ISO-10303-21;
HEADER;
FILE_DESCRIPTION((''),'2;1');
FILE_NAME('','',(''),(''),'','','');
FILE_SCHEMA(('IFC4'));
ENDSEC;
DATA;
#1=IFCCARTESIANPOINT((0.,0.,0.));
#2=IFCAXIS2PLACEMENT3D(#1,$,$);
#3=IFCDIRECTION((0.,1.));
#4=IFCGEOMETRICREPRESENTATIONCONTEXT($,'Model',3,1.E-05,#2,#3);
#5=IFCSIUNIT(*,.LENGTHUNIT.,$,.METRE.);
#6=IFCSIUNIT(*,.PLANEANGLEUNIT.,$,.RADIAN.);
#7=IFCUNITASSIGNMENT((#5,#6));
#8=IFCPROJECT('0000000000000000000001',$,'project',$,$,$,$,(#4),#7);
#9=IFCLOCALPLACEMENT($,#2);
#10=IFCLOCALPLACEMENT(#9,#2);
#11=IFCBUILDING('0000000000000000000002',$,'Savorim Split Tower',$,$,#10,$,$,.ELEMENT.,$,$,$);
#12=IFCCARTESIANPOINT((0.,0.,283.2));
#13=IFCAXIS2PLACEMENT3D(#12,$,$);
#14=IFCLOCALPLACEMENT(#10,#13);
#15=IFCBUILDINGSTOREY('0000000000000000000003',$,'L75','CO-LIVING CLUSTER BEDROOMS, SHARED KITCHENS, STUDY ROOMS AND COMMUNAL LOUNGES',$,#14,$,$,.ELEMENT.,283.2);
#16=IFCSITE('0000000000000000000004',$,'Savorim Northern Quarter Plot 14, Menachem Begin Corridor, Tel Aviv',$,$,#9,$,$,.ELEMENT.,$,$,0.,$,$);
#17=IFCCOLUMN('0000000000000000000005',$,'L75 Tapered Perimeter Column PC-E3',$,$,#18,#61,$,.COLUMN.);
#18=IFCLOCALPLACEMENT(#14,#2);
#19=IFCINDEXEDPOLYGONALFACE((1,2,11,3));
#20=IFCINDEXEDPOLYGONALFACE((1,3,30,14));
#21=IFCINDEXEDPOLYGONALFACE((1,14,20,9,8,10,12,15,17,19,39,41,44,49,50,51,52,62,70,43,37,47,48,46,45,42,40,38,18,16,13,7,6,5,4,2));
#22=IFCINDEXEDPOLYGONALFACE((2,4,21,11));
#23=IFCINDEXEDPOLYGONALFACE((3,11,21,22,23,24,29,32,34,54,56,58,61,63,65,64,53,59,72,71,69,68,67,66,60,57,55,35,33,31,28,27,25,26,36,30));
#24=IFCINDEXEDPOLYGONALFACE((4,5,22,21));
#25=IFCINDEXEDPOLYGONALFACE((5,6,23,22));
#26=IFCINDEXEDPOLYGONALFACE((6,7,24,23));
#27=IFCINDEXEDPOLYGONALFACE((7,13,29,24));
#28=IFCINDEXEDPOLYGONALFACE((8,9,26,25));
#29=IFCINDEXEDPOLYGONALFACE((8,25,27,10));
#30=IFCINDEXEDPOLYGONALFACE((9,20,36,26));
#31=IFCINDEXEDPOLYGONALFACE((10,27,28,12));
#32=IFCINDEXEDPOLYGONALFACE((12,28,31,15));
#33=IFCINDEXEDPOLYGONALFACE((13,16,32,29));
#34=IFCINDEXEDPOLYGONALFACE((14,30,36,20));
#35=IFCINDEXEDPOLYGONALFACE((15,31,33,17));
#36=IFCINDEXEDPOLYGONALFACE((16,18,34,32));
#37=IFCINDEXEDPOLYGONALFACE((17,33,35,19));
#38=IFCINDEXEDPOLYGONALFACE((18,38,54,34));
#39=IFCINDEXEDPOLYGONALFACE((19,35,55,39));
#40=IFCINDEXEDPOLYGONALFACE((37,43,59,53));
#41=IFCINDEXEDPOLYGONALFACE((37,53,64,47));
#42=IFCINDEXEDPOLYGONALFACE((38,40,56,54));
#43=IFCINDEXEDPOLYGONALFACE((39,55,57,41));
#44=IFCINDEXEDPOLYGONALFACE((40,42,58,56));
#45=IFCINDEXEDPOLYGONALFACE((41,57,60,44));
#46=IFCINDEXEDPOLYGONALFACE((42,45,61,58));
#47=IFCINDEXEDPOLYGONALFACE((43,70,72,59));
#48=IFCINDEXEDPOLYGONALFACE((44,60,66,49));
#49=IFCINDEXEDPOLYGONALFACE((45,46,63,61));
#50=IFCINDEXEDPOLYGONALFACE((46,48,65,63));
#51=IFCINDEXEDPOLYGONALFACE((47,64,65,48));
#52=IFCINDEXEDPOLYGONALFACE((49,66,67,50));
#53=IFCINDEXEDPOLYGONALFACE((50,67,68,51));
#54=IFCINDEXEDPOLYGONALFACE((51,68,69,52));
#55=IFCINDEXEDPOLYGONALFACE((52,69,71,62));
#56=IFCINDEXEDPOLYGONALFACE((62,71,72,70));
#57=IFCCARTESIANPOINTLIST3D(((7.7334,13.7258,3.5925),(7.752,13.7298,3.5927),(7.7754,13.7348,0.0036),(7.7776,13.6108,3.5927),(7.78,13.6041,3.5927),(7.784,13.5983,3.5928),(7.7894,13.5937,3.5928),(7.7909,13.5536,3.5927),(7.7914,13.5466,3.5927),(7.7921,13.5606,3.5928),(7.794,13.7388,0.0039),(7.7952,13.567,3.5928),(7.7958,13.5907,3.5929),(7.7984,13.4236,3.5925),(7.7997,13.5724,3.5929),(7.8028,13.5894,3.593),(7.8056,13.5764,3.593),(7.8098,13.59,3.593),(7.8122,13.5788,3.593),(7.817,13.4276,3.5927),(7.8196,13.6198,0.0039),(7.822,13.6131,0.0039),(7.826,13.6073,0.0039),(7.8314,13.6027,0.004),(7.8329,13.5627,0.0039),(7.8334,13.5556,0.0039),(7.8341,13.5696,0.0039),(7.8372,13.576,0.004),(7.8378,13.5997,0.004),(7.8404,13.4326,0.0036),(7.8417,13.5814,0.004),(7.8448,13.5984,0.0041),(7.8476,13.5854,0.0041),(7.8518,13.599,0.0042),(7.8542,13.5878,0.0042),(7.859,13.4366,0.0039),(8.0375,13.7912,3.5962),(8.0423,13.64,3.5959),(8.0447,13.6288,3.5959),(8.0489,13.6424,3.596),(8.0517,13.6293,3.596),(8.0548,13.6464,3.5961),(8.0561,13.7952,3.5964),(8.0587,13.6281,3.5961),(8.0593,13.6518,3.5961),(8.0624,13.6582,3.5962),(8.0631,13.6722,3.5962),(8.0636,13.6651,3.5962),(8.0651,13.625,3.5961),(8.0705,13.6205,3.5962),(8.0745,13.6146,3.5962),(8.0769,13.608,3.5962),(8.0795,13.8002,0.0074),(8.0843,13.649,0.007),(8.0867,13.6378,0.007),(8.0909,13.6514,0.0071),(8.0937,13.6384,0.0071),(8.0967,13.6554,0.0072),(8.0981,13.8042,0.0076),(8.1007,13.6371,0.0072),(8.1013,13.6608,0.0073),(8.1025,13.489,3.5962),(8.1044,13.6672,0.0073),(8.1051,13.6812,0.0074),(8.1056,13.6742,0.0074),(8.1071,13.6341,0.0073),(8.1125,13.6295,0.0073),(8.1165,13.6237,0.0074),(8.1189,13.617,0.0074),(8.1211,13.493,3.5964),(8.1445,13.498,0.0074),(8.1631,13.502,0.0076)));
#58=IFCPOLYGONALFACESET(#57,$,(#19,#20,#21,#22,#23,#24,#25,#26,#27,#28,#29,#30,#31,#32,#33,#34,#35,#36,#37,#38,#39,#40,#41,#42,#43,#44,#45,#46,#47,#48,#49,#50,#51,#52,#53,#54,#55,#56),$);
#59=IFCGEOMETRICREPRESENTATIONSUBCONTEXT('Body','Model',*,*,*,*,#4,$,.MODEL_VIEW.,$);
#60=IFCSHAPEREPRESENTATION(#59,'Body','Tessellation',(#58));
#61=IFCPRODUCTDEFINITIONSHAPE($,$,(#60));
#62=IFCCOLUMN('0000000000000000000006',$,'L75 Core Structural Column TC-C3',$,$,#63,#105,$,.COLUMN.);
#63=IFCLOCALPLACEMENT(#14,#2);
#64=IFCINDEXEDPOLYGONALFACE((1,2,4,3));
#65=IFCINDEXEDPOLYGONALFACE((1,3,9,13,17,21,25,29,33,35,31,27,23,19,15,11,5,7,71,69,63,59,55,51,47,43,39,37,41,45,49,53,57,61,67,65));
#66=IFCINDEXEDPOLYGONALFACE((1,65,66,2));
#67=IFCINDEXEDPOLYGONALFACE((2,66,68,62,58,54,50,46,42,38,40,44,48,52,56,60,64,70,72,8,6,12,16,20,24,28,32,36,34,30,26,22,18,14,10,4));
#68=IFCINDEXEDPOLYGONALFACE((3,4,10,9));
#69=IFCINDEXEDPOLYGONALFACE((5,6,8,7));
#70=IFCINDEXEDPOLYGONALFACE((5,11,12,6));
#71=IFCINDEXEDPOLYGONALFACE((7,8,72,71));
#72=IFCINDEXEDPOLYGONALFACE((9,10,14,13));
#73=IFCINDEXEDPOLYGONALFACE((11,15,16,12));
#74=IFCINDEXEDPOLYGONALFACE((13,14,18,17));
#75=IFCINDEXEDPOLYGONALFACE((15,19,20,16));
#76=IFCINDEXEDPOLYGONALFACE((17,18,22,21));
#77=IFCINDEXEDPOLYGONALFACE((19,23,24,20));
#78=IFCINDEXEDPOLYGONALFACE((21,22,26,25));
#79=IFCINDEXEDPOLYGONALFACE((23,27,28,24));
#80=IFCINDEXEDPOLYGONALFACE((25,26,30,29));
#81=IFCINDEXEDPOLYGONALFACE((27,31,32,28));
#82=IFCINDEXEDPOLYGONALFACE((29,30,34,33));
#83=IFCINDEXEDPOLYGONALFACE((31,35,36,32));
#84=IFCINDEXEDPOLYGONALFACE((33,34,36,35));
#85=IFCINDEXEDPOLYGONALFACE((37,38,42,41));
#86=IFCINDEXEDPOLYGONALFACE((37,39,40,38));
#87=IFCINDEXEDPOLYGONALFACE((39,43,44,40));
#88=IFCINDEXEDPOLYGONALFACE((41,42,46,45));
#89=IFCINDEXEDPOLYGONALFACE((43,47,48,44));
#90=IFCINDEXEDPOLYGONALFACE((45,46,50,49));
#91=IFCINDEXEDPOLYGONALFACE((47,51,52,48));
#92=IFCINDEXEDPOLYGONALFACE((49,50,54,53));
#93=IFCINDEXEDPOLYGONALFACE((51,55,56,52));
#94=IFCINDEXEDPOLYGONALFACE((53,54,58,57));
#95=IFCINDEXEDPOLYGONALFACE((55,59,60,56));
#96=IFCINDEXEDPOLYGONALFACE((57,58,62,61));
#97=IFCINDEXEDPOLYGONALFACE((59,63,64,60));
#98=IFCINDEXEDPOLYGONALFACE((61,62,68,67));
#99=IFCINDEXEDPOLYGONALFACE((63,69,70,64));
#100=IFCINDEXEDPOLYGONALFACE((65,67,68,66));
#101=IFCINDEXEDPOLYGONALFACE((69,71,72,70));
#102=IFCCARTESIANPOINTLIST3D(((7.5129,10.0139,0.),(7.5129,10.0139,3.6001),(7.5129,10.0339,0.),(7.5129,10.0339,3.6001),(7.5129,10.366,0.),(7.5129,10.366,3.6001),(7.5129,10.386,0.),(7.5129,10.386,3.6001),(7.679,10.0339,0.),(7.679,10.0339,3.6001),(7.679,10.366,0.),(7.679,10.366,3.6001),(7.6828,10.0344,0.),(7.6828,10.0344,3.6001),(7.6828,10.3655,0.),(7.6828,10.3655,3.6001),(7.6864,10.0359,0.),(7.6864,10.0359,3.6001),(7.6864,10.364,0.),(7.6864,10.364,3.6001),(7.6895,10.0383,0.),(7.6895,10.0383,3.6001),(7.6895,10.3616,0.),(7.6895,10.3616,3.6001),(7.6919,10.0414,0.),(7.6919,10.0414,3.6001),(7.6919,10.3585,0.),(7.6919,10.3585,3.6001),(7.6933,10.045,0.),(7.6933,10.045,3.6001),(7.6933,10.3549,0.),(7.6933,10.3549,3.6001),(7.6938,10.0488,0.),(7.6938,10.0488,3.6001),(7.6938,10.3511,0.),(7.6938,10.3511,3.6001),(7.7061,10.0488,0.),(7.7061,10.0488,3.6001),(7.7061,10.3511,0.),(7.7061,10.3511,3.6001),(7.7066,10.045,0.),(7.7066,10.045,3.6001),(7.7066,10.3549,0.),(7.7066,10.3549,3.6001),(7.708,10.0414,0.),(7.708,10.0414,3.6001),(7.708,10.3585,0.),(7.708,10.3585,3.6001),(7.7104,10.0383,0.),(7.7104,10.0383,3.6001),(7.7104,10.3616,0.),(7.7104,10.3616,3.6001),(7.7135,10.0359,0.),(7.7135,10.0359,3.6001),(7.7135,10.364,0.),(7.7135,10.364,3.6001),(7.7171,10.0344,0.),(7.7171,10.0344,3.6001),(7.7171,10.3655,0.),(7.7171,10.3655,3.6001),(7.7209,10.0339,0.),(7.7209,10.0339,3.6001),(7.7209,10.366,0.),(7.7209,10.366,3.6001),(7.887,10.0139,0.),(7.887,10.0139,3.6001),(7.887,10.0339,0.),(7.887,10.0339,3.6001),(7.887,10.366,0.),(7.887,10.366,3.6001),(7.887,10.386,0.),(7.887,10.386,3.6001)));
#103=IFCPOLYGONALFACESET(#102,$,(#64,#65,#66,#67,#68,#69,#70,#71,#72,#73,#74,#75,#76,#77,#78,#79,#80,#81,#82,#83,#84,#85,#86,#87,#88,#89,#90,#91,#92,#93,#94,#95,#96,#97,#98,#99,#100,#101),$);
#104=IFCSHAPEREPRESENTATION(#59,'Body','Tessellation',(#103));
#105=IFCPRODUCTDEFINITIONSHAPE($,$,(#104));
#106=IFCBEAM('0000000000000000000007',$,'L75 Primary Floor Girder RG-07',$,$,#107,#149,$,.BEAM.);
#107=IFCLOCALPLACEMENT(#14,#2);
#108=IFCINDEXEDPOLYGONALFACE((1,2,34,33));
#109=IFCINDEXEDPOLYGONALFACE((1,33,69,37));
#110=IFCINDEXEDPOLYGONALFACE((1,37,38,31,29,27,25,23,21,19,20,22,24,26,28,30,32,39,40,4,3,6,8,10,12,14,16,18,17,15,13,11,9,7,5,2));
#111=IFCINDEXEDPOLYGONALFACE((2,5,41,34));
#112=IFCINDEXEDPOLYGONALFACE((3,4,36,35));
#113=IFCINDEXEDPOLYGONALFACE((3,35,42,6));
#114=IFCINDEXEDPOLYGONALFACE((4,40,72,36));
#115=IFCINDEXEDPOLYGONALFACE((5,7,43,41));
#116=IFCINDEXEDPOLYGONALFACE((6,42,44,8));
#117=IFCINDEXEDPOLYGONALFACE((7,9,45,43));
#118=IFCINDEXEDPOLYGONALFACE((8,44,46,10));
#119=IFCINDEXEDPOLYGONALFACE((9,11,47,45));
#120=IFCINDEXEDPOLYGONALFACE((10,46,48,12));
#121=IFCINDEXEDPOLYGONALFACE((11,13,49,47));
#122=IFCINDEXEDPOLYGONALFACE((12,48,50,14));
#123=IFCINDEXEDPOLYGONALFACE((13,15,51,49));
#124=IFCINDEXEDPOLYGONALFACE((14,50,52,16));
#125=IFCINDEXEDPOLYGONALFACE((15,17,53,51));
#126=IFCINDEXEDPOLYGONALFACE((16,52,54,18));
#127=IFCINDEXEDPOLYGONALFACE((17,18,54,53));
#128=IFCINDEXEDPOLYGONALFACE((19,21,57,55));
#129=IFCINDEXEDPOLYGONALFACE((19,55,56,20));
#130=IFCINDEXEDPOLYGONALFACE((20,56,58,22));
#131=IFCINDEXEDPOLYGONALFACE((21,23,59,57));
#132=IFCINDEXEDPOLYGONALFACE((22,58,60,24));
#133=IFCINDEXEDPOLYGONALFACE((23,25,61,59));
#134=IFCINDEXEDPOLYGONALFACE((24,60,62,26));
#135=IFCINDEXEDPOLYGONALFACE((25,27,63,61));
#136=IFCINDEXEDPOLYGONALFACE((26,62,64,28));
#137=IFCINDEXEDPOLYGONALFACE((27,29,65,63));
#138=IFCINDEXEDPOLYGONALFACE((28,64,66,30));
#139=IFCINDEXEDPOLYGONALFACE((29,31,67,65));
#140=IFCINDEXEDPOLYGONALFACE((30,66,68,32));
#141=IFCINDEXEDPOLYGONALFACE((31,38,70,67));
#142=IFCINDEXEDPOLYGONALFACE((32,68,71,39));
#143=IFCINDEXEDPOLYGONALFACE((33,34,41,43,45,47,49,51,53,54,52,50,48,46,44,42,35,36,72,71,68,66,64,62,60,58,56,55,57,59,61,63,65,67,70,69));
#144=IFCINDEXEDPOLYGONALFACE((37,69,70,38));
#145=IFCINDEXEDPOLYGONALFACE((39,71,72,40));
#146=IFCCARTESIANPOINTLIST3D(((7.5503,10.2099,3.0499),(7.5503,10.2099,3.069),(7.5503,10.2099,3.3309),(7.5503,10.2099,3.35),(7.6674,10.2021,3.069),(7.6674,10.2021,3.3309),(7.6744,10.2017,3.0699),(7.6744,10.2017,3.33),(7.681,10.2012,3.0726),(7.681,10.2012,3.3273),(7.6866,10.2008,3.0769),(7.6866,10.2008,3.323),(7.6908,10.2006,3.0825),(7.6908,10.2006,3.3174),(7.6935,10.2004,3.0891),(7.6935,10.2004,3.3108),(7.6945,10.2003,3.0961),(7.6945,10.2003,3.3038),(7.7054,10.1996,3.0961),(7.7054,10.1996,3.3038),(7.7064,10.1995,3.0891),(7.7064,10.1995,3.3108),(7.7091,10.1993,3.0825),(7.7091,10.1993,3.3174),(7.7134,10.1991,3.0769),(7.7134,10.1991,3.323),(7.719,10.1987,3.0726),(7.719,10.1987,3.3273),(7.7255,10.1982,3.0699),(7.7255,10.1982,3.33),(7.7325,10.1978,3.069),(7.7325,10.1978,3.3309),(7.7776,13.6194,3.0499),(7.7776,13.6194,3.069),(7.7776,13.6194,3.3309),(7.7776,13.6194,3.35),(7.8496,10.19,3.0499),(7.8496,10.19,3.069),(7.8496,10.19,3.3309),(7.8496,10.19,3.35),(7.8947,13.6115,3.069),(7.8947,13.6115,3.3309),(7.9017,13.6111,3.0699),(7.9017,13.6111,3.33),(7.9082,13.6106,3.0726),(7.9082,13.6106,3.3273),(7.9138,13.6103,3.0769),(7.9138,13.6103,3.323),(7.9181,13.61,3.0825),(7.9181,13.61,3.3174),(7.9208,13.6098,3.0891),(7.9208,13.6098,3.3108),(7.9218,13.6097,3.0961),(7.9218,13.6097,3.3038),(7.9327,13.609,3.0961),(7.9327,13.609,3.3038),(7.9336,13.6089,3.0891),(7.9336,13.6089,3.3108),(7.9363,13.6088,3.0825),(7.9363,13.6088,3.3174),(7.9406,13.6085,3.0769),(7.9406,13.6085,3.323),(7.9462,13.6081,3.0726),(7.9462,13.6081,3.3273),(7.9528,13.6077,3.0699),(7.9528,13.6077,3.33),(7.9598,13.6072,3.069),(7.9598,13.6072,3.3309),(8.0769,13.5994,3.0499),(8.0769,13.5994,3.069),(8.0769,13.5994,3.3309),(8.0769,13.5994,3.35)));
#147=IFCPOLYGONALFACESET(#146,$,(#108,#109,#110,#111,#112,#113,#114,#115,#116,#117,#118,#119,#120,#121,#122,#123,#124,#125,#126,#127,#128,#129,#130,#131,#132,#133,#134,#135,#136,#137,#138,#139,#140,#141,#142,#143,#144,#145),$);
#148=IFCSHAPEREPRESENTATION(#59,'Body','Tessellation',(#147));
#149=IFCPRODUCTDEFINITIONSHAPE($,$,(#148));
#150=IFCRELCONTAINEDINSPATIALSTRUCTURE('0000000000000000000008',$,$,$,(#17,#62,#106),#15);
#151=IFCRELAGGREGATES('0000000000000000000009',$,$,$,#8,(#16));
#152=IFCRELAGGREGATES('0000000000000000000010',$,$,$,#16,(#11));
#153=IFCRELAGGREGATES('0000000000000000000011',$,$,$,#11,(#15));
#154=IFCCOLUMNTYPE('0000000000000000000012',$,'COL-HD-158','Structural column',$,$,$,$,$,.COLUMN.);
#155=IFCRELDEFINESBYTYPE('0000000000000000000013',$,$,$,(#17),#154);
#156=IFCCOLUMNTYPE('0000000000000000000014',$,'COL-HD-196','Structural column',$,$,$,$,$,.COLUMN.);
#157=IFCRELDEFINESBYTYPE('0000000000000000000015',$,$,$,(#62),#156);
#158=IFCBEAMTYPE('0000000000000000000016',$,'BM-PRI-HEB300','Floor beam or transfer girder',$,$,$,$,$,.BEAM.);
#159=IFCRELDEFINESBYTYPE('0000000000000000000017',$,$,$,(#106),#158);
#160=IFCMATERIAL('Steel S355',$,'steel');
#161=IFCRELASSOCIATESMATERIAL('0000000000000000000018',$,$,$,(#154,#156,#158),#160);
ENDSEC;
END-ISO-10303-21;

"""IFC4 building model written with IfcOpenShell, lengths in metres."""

from ifc_helpers import new_model, si_unit, direction, frame, origin, origin_2d, place, context, subcontext, project, spatial, i_section, extrude, material, material_profile, profile_set, type_object, element, save


model = new_model("IFC4")

# Units and contexts
model_context = context("Model", 3, precision=1e-05, world=origin(), true_north=direction((0.0, 1.0)))
body_context = subcontext(model_context, "Body", "Model", "MODEL_VIEW")
ifc_project = project(units=[si_unit("LENGTHUNIT", "METRE"), si_unit("PLANEANGLEUNIT", "RADIAN")], contexts=[model_context])

# Site, building, storey
site_placement = place(None, origin())
site = spatial("IfcSite", under=ifc_project, at=site_placement, Name="Savorim Northern Quarter Plot 14, Menachem Begin Corridor, Tel Aviv", CompositionType="ELEMENT", RefElevation=0.0)
building_placement = place(site_placement, origin())
building = spatial("IfcBuilding", under=site, at=building_placement, Name="Savorim Split Tower", CompositionType="ELEMENT")
storey_placement = place(building_placement, frame((0.0, 0.0, 283.2)))
storey = spatial("IfcBuildingStorey", under=building, at=storey_placement, Name="L75", Description="CO-LIVING CLUSTER BEDROOMS, SHARED KITCHENS, STUDY ROOMS AND COMMUNAL LOUNGES", CompositionType="ELEMENT", Elevation=283.2)

# Columns
ifc_material_1 = material(Name="Steel S355", Category="steel")
ifc_material_profile_1 = material_profile(ifc_material_1, i_section(OverallWidth=0.3091, OverallDepth=0.3301, WebThickness=0.0115, FlangeThickness=0.019, FilletRadius=0.0271, at=origin_2d()), Name="HD 320x158")
ifc_profile_set_1 = profile_set([ifc_material_profile_1], Name="Steel S355")
column_type_1 = type_object("IfcColumnType", Name="COL-HD-158", Description="Structural column", PredefinedType="COLUMN", material=ifc_profile_set_1)
column_1_placement = place(storey_placement, frame((7.9692, 13.6184, 0.0056), z_axis=(-0.0117, -0.002517, 0.999928), x_axis=(0.210305, -0.977636, 0.0)))
element("IfcColumn", 1, at=column_1_placement, inside=storey, type_object=column_type_1, Name="L75 Tapered Perimeter Column PC-E3", PredefinedType="COLUMN", context=body_context, shape_type="SweptSolid", body=[
    extrude(i_section(OverallWidth=0.3091, OverallDepth=0.3301, WebThickness=0.0115, FlangeThickness=0.019, FilletRadius=0.0271, at=origin_2d()), origin(), (0.0, 0.0, 1.0), 3.5891),
])
ifc_material_profile_2 = material_profile(ifc_material_1, i_section(OverallWidth=0.374, OverallDepth=0.3721, WebThickness=0.0122, FlangeThickness=0.02, FilletRadius=0.0149, at=origin_2d()), Name="HD 360x196")
ifc_profile_set_2 = profile_set([ifc_material_profile_2], Name="Steel S355")
column_type_2 = type_object("IfcColumnType", Name="COL-HD-196", Description="Structural column", PredefinedType="COLUMN", material=ifc_profile_set_2)
column_2_placement = place(storey_placement, frame((7.7, 10.2, 0.0), z_axis=(0.0, 0.0, 1.0), x_axis=(1.0, 0.0, 0.0)))
element("IfcColumn", 2, at=column_2_placement, inside=storey, type_object=column_type_2, Name="L75 Core Structural Column TC-C3", PredefinedType="COLUMN", context=body_context, shape_type="SweptSolid", body=[
    extrude(i_section(OverallWidth=0.374, OverallDepth=0.3721, WebThickness=0.0122, FlangeThickness=0.02, FilletRadius=0.0149, at=origin_2d()), origin(), (0.0, 0.0, 1.0), 3.6001),
])

# Beam
ifc_material_profile_3 = material_profile(ifc_material_1, i_section(OverallWidth=0.3, OverallDepth=0.3, WebThickness=0.011, FlangeThickness=0.019, FilletRadius=0.0271, at=origin_2d()), Name="HEB 300")
ifc_profile_set_3 = profile_set([ifc_material_profile_3], Name="Steel S355")
beam_type_1 = type_object("IfcBeamType", Name="BM-PRI-HEB300", Description="Floor beam or transfer girder", PredefinedType="BEAM", material=ifc_profile_set_3)
beam_1_placement = place(storey_placement, frame((7.9272, 13.6094, 3.2), z_axis=(-0.066519, -0.997785, 0.0), x_axis=(0.997785, -0.066519, 0.0)))
element("IfcBeam", 3, at=beam_1_placement, inside=storey, type_object=beam_type_1, Name="L75 Primary Floor Girder RG-07", PredefinedType="BEAM", context=body_context, shape_type="SweptSolid", body=[
    extrude(i_section(OverallWidth=0.3, OverallDepth=0.3, WebThickness=0.011, FlangeThickness=0.019, FilletRadius=0.0271, at=origin_2d()), origin(), (0.0, 0.0, 1.0), 3.417),
])

save(model, "model.ifc")
